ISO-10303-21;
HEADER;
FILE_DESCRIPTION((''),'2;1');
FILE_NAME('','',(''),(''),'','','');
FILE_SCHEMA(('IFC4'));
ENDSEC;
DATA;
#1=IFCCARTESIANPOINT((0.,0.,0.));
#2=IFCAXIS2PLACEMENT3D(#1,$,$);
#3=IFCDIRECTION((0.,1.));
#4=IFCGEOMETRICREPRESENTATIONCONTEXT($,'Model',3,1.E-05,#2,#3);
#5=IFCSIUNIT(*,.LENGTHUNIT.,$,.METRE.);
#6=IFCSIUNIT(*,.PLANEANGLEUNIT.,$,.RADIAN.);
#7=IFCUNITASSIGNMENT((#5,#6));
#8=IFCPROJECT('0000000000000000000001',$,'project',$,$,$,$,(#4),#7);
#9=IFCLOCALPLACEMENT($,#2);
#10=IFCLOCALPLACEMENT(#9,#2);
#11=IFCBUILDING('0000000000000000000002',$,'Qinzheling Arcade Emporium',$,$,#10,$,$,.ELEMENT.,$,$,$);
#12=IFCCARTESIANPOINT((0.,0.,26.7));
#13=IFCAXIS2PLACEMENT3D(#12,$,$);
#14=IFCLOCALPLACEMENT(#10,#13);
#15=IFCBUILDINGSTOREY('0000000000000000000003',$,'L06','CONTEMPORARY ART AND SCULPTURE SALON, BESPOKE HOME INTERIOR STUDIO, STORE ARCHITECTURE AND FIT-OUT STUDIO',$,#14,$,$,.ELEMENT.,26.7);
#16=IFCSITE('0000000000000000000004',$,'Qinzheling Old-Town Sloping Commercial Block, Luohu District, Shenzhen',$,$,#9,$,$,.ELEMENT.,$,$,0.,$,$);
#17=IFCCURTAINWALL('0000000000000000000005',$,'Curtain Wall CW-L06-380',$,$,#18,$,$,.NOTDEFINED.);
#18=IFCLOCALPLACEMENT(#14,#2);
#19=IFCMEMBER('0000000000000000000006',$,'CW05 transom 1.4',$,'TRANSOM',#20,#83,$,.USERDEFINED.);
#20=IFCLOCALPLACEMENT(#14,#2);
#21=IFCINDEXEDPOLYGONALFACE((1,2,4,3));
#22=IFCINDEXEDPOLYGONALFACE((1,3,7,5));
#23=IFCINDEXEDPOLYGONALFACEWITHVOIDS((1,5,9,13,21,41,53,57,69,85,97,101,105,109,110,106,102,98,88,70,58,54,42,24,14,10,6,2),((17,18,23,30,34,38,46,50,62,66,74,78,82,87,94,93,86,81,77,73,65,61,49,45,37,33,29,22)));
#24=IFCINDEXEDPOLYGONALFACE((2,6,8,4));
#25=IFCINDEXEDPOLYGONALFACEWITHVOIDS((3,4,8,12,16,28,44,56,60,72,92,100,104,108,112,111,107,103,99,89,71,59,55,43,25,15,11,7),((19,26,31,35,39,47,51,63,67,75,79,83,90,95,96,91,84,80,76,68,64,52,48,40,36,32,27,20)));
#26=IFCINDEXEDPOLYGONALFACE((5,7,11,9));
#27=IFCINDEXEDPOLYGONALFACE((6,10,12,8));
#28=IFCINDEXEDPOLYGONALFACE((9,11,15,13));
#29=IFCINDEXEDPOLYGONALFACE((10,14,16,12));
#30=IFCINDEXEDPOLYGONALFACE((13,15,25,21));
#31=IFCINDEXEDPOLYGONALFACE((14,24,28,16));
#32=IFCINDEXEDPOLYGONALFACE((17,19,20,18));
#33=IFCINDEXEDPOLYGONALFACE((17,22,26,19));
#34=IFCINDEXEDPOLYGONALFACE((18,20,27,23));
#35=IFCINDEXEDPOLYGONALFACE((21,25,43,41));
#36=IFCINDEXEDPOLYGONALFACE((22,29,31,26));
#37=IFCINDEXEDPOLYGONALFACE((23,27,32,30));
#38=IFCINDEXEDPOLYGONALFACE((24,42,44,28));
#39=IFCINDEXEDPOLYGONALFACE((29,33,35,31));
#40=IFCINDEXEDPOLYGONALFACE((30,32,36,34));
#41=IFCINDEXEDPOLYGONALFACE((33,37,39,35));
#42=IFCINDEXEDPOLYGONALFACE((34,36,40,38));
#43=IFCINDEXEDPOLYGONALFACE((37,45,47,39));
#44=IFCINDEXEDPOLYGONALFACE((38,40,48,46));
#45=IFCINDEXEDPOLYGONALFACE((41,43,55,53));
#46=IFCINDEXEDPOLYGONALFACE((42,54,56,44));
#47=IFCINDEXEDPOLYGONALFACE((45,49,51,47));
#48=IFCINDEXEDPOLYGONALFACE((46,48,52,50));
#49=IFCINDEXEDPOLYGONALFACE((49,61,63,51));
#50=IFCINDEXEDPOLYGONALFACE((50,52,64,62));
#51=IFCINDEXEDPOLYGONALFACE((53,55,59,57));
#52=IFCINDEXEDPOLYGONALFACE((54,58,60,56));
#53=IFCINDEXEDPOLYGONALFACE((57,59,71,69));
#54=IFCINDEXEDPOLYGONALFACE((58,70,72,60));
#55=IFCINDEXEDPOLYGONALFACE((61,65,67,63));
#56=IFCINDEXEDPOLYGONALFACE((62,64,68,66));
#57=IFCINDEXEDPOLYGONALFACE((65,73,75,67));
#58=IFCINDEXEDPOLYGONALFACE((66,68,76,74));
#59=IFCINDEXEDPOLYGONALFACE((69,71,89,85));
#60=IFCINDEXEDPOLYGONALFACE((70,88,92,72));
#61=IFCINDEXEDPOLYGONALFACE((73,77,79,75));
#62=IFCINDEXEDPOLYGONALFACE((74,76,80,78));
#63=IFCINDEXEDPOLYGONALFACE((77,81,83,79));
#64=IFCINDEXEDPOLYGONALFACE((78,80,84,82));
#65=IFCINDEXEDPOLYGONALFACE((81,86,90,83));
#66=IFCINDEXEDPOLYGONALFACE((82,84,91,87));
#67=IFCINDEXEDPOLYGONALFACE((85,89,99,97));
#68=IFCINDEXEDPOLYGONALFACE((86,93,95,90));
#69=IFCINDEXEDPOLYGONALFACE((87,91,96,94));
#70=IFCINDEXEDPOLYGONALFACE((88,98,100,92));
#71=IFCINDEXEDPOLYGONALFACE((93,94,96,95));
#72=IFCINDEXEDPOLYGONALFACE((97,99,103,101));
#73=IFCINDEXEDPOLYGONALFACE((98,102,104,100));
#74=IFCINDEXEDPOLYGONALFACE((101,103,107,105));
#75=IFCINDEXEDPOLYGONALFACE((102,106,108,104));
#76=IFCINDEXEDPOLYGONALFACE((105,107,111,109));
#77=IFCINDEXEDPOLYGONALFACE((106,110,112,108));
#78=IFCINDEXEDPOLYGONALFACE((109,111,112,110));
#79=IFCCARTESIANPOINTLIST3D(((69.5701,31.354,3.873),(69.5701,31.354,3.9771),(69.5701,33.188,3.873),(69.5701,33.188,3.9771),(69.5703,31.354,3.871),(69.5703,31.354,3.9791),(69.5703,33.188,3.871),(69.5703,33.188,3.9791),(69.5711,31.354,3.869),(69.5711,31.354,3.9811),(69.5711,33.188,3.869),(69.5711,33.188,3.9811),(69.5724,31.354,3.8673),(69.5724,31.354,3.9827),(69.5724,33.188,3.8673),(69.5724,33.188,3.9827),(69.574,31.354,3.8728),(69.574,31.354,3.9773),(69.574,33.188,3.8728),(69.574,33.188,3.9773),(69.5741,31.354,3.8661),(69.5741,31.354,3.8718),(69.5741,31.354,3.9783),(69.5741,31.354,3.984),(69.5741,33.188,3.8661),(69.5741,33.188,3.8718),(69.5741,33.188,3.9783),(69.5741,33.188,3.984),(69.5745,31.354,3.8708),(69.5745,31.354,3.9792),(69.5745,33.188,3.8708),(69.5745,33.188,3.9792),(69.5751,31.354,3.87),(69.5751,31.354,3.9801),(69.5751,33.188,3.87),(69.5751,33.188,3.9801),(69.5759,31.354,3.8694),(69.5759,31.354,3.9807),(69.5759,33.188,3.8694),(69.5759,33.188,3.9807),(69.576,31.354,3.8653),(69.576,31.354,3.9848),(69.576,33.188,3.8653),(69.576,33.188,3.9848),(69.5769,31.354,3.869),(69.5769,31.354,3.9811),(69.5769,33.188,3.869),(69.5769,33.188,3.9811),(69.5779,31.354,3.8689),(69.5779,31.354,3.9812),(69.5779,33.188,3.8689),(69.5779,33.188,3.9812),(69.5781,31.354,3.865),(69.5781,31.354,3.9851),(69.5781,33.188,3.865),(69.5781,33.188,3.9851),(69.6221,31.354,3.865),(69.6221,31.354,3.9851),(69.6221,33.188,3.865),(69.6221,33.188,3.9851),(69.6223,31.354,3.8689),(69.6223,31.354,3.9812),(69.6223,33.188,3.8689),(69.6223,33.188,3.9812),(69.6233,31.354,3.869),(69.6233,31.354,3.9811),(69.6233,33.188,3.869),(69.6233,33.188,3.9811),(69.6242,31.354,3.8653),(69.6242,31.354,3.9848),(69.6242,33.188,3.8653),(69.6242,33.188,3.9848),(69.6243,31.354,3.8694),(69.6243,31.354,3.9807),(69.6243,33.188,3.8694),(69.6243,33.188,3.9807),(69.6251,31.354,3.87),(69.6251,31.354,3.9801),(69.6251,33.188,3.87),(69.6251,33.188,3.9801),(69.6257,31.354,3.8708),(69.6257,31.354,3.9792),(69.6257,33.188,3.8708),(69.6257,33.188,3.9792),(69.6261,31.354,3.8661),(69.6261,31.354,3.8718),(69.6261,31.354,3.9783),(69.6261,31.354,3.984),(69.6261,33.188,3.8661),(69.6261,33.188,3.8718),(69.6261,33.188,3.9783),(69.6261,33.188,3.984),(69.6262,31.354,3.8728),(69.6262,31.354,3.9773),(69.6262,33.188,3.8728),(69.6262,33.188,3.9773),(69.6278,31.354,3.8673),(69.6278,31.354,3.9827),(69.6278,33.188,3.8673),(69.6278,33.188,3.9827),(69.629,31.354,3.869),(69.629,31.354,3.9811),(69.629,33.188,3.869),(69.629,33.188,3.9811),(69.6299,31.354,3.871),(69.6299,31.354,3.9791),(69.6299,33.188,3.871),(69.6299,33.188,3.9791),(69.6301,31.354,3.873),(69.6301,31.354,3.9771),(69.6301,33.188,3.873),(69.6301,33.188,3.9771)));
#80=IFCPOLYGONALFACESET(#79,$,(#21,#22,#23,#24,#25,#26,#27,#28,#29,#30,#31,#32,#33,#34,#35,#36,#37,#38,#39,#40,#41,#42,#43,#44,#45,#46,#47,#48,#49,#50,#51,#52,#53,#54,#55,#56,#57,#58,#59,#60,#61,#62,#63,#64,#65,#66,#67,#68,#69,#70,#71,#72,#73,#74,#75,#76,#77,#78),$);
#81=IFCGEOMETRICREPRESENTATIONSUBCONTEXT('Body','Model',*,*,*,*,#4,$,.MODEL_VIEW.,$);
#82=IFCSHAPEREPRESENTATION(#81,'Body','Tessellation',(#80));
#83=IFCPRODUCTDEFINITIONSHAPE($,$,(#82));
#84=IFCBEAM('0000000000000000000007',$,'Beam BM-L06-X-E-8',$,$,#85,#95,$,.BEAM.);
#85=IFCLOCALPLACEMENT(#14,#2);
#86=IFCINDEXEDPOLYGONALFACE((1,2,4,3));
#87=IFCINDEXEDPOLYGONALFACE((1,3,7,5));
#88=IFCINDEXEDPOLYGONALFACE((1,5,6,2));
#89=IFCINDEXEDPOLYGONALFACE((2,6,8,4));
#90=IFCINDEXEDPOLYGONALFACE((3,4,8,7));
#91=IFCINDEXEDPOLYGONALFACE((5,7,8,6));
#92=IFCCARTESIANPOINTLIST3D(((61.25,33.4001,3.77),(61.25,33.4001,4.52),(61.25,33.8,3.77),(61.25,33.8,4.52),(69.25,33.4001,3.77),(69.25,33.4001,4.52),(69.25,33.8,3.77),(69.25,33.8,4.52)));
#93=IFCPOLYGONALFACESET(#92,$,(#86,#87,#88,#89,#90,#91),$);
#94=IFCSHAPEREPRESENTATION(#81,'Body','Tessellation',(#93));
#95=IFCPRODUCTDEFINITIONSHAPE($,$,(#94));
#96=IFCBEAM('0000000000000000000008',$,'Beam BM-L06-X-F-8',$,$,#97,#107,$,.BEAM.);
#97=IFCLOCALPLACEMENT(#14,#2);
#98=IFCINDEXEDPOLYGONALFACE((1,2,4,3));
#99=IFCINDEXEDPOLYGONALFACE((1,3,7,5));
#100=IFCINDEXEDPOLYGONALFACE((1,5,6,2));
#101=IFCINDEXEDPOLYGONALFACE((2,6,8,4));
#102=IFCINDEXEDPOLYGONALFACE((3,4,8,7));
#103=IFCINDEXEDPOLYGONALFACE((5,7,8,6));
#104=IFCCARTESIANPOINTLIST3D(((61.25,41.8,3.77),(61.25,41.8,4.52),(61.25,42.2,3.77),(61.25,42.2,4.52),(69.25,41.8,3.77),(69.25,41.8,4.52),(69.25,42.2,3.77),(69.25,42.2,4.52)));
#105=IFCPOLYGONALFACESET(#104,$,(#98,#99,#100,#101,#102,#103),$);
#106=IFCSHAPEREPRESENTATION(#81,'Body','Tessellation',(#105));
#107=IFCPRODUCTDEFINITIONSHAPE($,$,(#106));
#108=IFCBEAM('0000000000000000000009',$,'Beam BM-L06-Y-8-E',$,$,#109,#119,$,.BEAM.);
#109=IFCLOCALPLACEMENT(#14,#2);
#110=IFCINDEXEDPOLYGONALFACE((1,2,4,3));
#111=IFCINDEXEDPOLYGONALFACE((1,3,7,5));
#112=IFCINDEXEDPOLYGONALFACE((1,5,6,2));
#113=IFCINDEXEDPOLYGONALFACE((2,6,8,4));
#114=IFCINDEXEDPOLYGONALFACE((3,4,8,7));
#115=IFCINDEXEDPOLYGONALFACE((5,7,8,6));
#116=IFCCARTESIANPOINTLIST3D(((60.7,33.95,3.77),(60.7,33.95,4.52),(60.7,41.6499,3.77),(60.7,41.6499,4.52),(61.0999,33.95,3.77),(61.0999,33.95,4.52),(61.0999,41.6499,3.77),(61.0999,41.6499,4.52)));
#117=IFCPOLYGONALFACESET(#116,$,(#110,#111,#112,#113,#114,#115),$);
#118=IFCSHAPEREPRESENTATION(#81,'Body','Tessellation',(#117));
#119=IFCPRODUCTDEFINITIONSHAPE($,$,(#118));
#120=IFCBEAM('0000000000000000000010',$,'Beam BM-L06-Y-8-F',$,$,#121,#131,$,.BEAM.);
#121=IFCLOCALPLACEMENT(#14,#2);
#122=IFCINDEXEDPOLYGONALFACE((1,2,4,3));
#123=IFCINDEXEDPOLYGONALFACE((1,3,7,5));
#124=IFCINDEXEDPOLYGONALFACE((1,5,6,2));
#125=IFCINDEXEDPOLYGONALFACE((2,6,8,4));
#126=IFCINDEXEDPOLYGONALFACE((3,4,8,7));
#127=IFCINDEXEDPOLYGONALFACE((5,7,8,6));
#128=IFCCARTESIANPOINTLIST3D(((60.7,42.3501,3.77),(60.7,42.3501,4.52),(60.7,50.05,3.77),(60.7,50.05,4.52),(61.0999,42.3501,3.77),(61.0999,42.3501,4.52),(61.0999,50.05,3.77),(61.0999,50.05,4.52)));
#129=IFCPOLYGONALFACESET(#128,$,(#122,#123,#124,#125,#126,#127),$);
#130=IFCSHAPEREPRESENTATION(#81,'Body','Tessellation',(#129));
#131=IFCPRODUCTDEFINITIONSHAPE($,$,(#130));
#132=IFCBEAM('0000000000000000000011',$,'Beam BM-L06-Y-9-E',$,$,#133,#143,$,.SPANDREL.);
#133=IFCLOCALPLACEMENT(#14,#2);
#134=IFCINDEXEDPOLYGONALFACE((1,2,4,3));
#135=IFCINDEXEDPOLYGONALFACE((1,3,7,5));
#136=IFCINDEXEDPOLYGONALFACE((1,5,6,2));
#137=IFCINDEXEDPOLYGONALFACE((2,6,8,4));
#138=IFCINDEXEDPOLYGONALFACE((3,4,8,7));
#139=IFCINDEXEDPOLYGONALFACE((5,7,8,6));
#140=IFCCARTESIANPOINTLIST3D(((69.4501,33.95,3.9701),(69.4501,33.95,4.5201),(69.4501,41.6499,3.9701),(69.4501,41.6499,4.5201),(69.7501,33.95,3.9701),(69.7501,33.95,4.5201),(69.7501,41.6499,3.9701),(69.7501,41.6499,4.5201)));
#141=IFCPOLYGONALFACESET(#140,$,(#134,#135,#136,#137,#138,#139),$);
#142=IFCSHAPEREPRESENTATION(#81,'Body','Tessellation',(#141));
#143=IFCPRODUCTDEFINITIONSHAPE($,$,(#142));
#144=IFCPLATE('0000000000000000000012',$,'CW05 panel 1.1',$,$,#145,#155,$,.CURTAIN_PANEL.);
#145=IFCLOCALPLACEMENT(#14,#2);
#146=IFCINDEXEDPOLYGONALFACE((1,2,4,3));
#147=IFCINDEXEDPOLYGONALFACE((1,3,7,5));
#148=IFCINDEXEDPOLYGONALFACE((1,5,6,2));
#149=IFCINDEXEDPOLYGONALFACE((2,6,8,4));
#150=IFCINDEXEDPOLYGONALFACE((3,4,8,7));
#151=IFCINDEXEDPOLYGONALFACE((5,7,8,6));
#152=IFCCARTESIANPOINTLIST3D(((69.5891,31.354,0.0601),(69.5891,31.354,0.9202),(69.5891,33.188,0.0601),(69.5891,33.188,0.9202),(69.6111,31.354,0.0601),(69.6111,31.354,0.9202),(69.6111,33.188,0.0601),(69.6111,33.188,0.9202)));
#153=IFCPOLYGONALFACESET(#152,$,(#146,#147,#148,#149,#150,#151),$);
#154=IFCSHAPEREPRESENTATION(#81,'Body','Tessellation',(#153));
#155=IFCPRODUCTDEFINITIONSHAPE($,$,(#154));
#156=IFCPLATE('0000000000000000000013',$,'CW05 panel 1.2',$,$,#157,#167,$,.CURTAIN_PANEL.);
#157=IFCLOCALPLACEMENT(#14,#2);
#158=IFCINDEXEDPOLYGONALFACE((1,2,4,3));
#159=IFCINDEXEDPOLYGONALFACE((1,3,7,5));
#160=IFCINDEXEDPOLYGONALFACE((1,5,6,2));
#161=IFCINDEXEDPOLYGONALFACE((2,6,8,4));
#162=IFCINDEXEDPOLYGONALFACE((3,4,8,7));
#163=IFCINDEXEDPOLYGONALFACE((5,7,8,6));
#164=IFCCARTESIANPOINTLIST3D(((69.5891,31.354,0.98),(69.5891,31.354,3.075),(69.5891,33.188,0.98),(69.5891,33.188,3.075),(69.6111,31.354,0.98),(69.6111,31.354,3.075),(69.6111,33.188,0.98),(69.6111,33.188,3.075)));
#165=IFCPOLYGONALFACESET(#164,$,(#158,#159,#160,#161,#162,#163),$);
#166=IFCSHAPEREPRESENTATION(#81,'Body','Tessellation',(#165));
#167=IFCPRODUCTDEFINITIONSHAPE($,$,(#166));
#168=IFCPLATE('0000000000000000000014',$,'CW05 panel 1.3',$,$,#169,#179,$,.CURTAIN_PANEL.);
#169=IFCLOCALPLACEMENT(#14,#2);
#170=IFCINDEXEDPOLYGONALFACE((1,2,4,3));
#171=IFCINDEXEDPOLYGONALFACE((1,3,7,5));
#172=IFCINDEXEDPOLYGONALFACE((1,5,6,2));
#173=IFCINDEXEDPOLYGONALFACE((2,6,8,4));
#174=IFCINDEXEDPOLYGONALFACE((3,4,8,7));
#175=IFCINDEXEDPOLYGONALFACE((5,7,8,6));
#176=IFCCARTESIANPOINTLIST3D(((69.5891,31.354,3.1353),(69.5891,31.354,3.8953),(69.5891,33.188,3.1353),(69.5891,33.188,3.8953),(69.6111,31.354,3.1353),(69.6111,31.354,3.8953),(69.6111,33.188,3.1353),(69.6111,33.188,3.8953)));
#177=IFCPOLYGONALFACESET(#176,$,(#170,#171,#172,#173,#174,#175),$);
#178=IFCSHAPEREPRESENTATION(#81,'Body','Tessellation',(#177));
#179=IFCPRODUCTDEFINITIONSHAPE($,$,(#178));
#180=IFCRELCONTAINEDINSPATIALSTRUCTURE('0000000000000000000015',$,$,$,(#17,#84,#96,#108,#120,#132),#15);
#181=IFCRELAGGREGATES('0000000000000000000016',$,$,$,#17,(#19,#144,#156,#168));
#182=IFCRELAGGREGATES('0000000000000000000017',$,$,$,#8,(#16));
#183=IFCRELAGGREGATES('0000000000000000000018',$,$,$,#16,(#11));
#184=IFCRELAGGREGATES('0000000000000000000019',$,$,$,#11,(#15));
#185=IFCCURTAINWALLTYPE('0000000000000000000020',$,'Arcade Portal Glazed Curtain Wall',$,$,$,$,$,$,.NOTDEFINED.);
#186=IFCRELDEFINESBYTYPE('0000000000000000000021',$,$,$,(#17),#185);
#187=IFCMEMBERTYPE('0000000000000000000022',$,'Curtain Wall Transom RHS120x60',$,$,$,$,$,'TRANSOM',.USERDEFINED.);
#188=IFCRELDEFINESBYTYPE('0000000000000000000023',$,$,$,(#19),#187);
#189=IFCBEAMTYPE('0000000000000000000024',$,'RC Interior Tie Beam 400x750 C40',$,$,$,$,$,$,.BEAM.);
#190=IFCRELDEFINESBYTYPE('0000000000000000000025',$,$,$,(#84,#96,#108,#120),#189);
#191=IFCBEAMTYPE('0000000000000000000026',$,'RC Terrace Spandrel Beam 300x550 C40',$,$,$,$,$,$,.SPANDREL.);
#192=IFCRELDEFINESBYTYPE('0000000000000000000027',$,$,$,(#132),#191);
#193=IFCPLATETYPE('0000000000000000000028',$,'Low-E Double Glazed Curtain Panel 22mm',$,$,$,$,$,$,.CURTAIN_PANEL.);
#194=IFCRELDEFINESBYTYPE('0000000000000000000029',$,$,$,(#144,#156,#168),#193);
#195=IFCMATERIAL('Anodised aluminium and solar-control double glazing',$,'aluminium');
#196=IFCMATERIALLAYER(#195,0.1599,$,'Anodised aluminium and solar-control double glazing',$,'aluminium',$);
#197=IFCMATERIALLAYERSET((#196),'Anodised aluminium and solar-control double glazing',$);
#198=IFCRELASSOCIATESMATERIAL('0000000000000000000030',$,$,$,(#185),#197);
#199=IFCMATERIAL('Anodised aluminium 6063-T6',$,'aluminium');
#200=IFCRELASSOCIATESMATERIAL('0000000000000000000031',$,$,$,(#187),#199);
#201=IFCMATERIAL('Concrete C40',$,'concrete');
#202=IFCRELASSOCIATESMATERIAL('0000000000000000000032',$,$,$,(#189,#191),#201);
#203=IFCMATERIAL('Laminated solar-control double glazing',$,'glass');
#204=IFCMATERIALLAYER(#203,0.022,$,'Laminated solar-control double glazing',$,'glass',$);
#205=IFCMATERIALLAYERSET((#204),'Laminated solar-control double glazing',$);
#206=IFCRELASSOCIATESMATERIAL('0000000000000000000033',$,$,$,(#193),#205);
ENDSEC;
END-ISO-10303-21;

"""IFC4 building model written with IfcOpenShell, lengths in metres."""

from ifc_helpers import new_model, si_unit, direction, frame, origin, origin_2d, place, context, subcontext, project, spatial, rectangle, hollow_rectangle, extrude, material, layer, layer_set, material_profile, profile_set, type_object, element, aggregate, save


model = new_model("IFC4")

# Units and contexts
model_context = context("Model", 3, precision=1e-05, world=origin(), true_north=direction((0.0, 1.0)))
body_context = subcontext(model_context, "Body", "Model", "MODEL_VIEW")
ifc_project = project(units=[si_unit("LENGTHUNIT", "METRE"), si_unit("PLANEANGLEUNIT", "RADIAN")], contexts=[model_context])

# Site, building, storey
site_placement = place(None, origin())
site = spatial("IfcSite", under=ifc_project, at=site_placement, Name="Qinzheling Old-Town Sloping Commercial Block, Luohu District, Shenzhen", CompositionType="ELEMENT", RefElevation=0.0)
building_placement = place(site_placement, origin())
building = spatial("IfcBuilding", under=site, at=building_placement, Name="Qinzheling Arcade Emporium", CompositionType="ELEMENT")
storey_placement = place(building_placement, frame((0.0, 0.0, 26.7)))
storey = spatial("IfcBuildingStorey", under=building, at=storey_placement, Name="L06", Description="CONTEMPORARY ART AND SCULPTURE SALON, BESPOKE HOME INTERIOR STUDIO, STORE ARCHITECTURE AND FIT-OUT STUDIO", CompositionType="ELEMENT", Elevation=26.7)

# Shared definitions
ifc_material_1 = material(Name="Concrete C40", Category="concrete")

# Curtain wall, member
ifc_material_2 = material(Name="Anodised aluminium and solar-control double glazing", Category="aluminium")
ifc_layer_1 = layer(ifc_material_2, 0.1599, Name="Anodised aluminium and solar-control double glazing", Category="aluminium")
ifc_layer_set_1 = layer_set([ifc_layer_1], Name="Anodised aluminium and solar-control double glazing")
curtain_wall_type = type_object("IfcCurtainWallType", Name="Arcade Portal Glazed Curtain Wall", PredefinedType="NOTDEFINED", material=ifc_layer_set_1)
curtain_wall_placement = place(storey_placement, origin())
curtain_wall = element("IfcCurtainWall", 1, at=curtain_wall_placement, inside=storey, type_object=curtain_wall_type, Name="Curtain Wall CW-L06-380", PredefinedType="NOTDEFINED")
ifc_material_3 = material(Name="Anodised aluminium 6063-T6", Category="aluminium")
ifc_material_profile_1 = material_profile(ifc_material_3, hollow_rectangle(XDim=0.0601, YDim=0.1201, WallThickness=0.0039, InnerFilletRadius=0.0039, OuterFilletRadius=0.0081, at=origin_2d()), Name="RHS 120x60x4", Category="aluminium")
ifc_profile_set_1 = profile_set([ifc_material_profile_1], Name="Anodised aluminium 6063-T6")
member_type_1 = type_object("IfcMemberType", Name="Curtain Wall Transom RHS120x60", ElementType="TRANSOM", PredefinedType="USERDEFINED", material=ifc_profile_set_1)
member_1_placement = place(storey_placement, frame((69.6001, 33.188, 3.925), z_axis=(0.0, -1.0, 0.0), x_axis=(1.0, 0.0, 0.0)))
member_1 = element("IfcMember", 2, at=member_1_placement, type_object=member_type_1, Name="CW05 transom 1.4", ObjectType="TRANSOM", PredefinedType="USERDEFINED", context=body_context, shape_type="SweptSolid", body=[
    extrude(hollow_rectangle(XDim=0.0601, YDim=0.1201, WallThickness=0.0039, InnerFilletRadius=0.0039, OuterFilletRadius=0.0081, at=origin_2d()), origin(), (0.0, 0.0, 1.0), 1.834),
])

# Beams
ifc_material_profile_2 = material_profile(ifc_material_1, rectangle(XDim=0.3999, YDim=0.75, at=origin_2d()), Name="RC 400x750", Category="concrete")
ifc_profile_set_2 = profile_set([ifc_material_profile_2], Name="Concrete C40")
beam_type_1 = type_object("IfcBeamType", Name="RC Interior Tie Beam 400x750 C40", PredefinedType="BEAM", material=ifc_profile_set_2)
for number, where, z_axis, x_axis, name in (
    (3, (61.25, 33.6001, 4.145), (1.0, 0.0, 0.0), (0.0, 1.0, 0.0), "Beam BM-L06-X-E-8"),
    (4, (61.25, 42.0, 4.145), (1.0, 0.0, 0.0), (0.0, 1.0, 0.0), "Beam BM-L06-X-F-8"),
):
    element("IfcBeam", number, at=place(storey_placement, frame(where, z_axis=z_axis, x_axis=x_axis)), inside=storey, type_object=beam_type_1, Name=name, PredefinedType="BEAM", context=body_context, shape_type="SweptSolid", body=[
        extrude(rectangle(XDim=0.3999, YDim=0.75, at=origin_2d()), origin(), (0.0, 0.0, 1.0), 8.0),
    ])
for number, where, z_axis, x_axis, name in (
    (5, (60.8999, 33.95, 4.145), (0.0, 1.0, 0.0), (-1.0, 0.0, 0.0), "Beam BM-L06-Y-8-E"),
    (6, (60.8999, 42.3501, 4.145), (0.0, 1.0, 0.0), (-1.0, 0.0, 0.0), "Beam BM-L06-Y-8-F"),
):
    element("IfcBeam", number, at=place(storey_placement, frame(where, z_axis=z_axis, x_axis=x_axis)), inside=storey, type_object=beam_type_1, Name=name, PredefinedType="BEAM", context=body_context, shape_type="SweptSolid", body=[
        extrude(rectangle(XDim=0.3999, YDim=0.75, at=origin_2d()), origin(), (0.0, 0.0, 1.0), 7.7),
    ])
ifc_material_profile_3 = material_profile(ifc_material_1, rectangle(XDim=0.3, YDim=0.55, at=origin_2d()), Name="RC 300x550", Category="concrete")
ifc_profile_set_3 = profile_set([ifc_material_profile_3], Name="Concrete C40")
beam_type_2 = type_object("IfcBeamType", Name="RC Terrace Spandrel Beam 300x550 C40", PredefinedType="SPANDREL", material=ifc_profile_set_3)
beam_placement = place(storey_placement, frame((69.6001, 33.95, 4.2451), z_axis=(0.0, 1.0, 0.0), x_axis=(-1.0, 0.0, 0.0)))
element("IfcBeam", 7, at=beam_placement, inside=storey, type_object=beam_type_2, Name="Beam BM-L06-Y-9-E", PredefinedType="SPANDREL", context=body_context, shape_type="SweptSolid", body=[
    extrude(rectangle(XDim=0.3, YDim=0.55, at=origin_2d()), origin(), (0.0, 0.0, 1.0), 7.7),
])

# Plates
ifc_material_4 = material(Name="Laminated solar-control double glazing", Category="glass")
ifc_layer_2 = layer(ifc_material_4, 0.022, Name="Laminated solar-control double glazing", Category="glass")
ifc_layer_set_2 = layer_set([ifc_layer_2], Name="Laminated solar-control double glazing")
plate_type = type_object("IfcPlateType", Name="Low-E Double Glazed Curtain Panel 22mm", PredefinedType="CURTAIN_PANEL", material=ifc_layer_set_2)
plate_1_placement = place(storey_placement, frame((69.6001, 32.271, 0.0601), z_axis=(0.0, 0.0, 1.0), x_axis=(0.0, -1.0, 0.0)))
plate_1 = element("IfcPlate", 8, at=plate_1_placement, type_object=plate_type, Name="CW05 panel 1.1", PredefinedType="CURTAIN_PANEL", context=body_context, shape_type="SweptSolid", body=[
    extrude(rectangle(XDim=1.834, YDim=0.022, at=origin_2d()), origin(), (0.0, 0.0, 1.0), 0.8601),
])
plate_2_placement = place(storey_placement, frame((69.6001, 32.271, 0.98), z_axis=(0.0, 0.0, 1.0), x_axis=(0.0, -1.0, 0.0)))
plate_2 = element("IfcPlate", 9, at=plate_2_placement, type_object=plate_type, Name="CW05 panel 1.2", PredefinedType="CURTAIN_PANEL", context=body_context, shape_type="SweptSolid", body=[
    extrude(rectangle(XDim=1.834, YDim=0.022, at=origin_2d()), origin(), (0.0, 0.0, 1.0), 2.095),
])
plate_3_placement = place(storey_placement, frame((69.6001, 32.271, 3.1353), z_axis=(0.0, 0.0, 1.0), x_axis=(0.0, -1.0, 0.0)))
plate_3 = element("IfcPlate", 10, at=plate_3_placement, type_object=plate_type, Name="CW05 panel 1.3", PredefinedType="CURTAIN_PANEL", context=body_context, shape_type="SweptSolid", body=[
    extrude(rectangle(XDim=1.834, YDim=0.022, at=origin_2d()), origin(), (0.0, 0.0, 1.0), 0.76),
])
aggregate(curtain_wall, [member_1, plate_1, plate_2, plate_3])

save(model, "model.ifc")
